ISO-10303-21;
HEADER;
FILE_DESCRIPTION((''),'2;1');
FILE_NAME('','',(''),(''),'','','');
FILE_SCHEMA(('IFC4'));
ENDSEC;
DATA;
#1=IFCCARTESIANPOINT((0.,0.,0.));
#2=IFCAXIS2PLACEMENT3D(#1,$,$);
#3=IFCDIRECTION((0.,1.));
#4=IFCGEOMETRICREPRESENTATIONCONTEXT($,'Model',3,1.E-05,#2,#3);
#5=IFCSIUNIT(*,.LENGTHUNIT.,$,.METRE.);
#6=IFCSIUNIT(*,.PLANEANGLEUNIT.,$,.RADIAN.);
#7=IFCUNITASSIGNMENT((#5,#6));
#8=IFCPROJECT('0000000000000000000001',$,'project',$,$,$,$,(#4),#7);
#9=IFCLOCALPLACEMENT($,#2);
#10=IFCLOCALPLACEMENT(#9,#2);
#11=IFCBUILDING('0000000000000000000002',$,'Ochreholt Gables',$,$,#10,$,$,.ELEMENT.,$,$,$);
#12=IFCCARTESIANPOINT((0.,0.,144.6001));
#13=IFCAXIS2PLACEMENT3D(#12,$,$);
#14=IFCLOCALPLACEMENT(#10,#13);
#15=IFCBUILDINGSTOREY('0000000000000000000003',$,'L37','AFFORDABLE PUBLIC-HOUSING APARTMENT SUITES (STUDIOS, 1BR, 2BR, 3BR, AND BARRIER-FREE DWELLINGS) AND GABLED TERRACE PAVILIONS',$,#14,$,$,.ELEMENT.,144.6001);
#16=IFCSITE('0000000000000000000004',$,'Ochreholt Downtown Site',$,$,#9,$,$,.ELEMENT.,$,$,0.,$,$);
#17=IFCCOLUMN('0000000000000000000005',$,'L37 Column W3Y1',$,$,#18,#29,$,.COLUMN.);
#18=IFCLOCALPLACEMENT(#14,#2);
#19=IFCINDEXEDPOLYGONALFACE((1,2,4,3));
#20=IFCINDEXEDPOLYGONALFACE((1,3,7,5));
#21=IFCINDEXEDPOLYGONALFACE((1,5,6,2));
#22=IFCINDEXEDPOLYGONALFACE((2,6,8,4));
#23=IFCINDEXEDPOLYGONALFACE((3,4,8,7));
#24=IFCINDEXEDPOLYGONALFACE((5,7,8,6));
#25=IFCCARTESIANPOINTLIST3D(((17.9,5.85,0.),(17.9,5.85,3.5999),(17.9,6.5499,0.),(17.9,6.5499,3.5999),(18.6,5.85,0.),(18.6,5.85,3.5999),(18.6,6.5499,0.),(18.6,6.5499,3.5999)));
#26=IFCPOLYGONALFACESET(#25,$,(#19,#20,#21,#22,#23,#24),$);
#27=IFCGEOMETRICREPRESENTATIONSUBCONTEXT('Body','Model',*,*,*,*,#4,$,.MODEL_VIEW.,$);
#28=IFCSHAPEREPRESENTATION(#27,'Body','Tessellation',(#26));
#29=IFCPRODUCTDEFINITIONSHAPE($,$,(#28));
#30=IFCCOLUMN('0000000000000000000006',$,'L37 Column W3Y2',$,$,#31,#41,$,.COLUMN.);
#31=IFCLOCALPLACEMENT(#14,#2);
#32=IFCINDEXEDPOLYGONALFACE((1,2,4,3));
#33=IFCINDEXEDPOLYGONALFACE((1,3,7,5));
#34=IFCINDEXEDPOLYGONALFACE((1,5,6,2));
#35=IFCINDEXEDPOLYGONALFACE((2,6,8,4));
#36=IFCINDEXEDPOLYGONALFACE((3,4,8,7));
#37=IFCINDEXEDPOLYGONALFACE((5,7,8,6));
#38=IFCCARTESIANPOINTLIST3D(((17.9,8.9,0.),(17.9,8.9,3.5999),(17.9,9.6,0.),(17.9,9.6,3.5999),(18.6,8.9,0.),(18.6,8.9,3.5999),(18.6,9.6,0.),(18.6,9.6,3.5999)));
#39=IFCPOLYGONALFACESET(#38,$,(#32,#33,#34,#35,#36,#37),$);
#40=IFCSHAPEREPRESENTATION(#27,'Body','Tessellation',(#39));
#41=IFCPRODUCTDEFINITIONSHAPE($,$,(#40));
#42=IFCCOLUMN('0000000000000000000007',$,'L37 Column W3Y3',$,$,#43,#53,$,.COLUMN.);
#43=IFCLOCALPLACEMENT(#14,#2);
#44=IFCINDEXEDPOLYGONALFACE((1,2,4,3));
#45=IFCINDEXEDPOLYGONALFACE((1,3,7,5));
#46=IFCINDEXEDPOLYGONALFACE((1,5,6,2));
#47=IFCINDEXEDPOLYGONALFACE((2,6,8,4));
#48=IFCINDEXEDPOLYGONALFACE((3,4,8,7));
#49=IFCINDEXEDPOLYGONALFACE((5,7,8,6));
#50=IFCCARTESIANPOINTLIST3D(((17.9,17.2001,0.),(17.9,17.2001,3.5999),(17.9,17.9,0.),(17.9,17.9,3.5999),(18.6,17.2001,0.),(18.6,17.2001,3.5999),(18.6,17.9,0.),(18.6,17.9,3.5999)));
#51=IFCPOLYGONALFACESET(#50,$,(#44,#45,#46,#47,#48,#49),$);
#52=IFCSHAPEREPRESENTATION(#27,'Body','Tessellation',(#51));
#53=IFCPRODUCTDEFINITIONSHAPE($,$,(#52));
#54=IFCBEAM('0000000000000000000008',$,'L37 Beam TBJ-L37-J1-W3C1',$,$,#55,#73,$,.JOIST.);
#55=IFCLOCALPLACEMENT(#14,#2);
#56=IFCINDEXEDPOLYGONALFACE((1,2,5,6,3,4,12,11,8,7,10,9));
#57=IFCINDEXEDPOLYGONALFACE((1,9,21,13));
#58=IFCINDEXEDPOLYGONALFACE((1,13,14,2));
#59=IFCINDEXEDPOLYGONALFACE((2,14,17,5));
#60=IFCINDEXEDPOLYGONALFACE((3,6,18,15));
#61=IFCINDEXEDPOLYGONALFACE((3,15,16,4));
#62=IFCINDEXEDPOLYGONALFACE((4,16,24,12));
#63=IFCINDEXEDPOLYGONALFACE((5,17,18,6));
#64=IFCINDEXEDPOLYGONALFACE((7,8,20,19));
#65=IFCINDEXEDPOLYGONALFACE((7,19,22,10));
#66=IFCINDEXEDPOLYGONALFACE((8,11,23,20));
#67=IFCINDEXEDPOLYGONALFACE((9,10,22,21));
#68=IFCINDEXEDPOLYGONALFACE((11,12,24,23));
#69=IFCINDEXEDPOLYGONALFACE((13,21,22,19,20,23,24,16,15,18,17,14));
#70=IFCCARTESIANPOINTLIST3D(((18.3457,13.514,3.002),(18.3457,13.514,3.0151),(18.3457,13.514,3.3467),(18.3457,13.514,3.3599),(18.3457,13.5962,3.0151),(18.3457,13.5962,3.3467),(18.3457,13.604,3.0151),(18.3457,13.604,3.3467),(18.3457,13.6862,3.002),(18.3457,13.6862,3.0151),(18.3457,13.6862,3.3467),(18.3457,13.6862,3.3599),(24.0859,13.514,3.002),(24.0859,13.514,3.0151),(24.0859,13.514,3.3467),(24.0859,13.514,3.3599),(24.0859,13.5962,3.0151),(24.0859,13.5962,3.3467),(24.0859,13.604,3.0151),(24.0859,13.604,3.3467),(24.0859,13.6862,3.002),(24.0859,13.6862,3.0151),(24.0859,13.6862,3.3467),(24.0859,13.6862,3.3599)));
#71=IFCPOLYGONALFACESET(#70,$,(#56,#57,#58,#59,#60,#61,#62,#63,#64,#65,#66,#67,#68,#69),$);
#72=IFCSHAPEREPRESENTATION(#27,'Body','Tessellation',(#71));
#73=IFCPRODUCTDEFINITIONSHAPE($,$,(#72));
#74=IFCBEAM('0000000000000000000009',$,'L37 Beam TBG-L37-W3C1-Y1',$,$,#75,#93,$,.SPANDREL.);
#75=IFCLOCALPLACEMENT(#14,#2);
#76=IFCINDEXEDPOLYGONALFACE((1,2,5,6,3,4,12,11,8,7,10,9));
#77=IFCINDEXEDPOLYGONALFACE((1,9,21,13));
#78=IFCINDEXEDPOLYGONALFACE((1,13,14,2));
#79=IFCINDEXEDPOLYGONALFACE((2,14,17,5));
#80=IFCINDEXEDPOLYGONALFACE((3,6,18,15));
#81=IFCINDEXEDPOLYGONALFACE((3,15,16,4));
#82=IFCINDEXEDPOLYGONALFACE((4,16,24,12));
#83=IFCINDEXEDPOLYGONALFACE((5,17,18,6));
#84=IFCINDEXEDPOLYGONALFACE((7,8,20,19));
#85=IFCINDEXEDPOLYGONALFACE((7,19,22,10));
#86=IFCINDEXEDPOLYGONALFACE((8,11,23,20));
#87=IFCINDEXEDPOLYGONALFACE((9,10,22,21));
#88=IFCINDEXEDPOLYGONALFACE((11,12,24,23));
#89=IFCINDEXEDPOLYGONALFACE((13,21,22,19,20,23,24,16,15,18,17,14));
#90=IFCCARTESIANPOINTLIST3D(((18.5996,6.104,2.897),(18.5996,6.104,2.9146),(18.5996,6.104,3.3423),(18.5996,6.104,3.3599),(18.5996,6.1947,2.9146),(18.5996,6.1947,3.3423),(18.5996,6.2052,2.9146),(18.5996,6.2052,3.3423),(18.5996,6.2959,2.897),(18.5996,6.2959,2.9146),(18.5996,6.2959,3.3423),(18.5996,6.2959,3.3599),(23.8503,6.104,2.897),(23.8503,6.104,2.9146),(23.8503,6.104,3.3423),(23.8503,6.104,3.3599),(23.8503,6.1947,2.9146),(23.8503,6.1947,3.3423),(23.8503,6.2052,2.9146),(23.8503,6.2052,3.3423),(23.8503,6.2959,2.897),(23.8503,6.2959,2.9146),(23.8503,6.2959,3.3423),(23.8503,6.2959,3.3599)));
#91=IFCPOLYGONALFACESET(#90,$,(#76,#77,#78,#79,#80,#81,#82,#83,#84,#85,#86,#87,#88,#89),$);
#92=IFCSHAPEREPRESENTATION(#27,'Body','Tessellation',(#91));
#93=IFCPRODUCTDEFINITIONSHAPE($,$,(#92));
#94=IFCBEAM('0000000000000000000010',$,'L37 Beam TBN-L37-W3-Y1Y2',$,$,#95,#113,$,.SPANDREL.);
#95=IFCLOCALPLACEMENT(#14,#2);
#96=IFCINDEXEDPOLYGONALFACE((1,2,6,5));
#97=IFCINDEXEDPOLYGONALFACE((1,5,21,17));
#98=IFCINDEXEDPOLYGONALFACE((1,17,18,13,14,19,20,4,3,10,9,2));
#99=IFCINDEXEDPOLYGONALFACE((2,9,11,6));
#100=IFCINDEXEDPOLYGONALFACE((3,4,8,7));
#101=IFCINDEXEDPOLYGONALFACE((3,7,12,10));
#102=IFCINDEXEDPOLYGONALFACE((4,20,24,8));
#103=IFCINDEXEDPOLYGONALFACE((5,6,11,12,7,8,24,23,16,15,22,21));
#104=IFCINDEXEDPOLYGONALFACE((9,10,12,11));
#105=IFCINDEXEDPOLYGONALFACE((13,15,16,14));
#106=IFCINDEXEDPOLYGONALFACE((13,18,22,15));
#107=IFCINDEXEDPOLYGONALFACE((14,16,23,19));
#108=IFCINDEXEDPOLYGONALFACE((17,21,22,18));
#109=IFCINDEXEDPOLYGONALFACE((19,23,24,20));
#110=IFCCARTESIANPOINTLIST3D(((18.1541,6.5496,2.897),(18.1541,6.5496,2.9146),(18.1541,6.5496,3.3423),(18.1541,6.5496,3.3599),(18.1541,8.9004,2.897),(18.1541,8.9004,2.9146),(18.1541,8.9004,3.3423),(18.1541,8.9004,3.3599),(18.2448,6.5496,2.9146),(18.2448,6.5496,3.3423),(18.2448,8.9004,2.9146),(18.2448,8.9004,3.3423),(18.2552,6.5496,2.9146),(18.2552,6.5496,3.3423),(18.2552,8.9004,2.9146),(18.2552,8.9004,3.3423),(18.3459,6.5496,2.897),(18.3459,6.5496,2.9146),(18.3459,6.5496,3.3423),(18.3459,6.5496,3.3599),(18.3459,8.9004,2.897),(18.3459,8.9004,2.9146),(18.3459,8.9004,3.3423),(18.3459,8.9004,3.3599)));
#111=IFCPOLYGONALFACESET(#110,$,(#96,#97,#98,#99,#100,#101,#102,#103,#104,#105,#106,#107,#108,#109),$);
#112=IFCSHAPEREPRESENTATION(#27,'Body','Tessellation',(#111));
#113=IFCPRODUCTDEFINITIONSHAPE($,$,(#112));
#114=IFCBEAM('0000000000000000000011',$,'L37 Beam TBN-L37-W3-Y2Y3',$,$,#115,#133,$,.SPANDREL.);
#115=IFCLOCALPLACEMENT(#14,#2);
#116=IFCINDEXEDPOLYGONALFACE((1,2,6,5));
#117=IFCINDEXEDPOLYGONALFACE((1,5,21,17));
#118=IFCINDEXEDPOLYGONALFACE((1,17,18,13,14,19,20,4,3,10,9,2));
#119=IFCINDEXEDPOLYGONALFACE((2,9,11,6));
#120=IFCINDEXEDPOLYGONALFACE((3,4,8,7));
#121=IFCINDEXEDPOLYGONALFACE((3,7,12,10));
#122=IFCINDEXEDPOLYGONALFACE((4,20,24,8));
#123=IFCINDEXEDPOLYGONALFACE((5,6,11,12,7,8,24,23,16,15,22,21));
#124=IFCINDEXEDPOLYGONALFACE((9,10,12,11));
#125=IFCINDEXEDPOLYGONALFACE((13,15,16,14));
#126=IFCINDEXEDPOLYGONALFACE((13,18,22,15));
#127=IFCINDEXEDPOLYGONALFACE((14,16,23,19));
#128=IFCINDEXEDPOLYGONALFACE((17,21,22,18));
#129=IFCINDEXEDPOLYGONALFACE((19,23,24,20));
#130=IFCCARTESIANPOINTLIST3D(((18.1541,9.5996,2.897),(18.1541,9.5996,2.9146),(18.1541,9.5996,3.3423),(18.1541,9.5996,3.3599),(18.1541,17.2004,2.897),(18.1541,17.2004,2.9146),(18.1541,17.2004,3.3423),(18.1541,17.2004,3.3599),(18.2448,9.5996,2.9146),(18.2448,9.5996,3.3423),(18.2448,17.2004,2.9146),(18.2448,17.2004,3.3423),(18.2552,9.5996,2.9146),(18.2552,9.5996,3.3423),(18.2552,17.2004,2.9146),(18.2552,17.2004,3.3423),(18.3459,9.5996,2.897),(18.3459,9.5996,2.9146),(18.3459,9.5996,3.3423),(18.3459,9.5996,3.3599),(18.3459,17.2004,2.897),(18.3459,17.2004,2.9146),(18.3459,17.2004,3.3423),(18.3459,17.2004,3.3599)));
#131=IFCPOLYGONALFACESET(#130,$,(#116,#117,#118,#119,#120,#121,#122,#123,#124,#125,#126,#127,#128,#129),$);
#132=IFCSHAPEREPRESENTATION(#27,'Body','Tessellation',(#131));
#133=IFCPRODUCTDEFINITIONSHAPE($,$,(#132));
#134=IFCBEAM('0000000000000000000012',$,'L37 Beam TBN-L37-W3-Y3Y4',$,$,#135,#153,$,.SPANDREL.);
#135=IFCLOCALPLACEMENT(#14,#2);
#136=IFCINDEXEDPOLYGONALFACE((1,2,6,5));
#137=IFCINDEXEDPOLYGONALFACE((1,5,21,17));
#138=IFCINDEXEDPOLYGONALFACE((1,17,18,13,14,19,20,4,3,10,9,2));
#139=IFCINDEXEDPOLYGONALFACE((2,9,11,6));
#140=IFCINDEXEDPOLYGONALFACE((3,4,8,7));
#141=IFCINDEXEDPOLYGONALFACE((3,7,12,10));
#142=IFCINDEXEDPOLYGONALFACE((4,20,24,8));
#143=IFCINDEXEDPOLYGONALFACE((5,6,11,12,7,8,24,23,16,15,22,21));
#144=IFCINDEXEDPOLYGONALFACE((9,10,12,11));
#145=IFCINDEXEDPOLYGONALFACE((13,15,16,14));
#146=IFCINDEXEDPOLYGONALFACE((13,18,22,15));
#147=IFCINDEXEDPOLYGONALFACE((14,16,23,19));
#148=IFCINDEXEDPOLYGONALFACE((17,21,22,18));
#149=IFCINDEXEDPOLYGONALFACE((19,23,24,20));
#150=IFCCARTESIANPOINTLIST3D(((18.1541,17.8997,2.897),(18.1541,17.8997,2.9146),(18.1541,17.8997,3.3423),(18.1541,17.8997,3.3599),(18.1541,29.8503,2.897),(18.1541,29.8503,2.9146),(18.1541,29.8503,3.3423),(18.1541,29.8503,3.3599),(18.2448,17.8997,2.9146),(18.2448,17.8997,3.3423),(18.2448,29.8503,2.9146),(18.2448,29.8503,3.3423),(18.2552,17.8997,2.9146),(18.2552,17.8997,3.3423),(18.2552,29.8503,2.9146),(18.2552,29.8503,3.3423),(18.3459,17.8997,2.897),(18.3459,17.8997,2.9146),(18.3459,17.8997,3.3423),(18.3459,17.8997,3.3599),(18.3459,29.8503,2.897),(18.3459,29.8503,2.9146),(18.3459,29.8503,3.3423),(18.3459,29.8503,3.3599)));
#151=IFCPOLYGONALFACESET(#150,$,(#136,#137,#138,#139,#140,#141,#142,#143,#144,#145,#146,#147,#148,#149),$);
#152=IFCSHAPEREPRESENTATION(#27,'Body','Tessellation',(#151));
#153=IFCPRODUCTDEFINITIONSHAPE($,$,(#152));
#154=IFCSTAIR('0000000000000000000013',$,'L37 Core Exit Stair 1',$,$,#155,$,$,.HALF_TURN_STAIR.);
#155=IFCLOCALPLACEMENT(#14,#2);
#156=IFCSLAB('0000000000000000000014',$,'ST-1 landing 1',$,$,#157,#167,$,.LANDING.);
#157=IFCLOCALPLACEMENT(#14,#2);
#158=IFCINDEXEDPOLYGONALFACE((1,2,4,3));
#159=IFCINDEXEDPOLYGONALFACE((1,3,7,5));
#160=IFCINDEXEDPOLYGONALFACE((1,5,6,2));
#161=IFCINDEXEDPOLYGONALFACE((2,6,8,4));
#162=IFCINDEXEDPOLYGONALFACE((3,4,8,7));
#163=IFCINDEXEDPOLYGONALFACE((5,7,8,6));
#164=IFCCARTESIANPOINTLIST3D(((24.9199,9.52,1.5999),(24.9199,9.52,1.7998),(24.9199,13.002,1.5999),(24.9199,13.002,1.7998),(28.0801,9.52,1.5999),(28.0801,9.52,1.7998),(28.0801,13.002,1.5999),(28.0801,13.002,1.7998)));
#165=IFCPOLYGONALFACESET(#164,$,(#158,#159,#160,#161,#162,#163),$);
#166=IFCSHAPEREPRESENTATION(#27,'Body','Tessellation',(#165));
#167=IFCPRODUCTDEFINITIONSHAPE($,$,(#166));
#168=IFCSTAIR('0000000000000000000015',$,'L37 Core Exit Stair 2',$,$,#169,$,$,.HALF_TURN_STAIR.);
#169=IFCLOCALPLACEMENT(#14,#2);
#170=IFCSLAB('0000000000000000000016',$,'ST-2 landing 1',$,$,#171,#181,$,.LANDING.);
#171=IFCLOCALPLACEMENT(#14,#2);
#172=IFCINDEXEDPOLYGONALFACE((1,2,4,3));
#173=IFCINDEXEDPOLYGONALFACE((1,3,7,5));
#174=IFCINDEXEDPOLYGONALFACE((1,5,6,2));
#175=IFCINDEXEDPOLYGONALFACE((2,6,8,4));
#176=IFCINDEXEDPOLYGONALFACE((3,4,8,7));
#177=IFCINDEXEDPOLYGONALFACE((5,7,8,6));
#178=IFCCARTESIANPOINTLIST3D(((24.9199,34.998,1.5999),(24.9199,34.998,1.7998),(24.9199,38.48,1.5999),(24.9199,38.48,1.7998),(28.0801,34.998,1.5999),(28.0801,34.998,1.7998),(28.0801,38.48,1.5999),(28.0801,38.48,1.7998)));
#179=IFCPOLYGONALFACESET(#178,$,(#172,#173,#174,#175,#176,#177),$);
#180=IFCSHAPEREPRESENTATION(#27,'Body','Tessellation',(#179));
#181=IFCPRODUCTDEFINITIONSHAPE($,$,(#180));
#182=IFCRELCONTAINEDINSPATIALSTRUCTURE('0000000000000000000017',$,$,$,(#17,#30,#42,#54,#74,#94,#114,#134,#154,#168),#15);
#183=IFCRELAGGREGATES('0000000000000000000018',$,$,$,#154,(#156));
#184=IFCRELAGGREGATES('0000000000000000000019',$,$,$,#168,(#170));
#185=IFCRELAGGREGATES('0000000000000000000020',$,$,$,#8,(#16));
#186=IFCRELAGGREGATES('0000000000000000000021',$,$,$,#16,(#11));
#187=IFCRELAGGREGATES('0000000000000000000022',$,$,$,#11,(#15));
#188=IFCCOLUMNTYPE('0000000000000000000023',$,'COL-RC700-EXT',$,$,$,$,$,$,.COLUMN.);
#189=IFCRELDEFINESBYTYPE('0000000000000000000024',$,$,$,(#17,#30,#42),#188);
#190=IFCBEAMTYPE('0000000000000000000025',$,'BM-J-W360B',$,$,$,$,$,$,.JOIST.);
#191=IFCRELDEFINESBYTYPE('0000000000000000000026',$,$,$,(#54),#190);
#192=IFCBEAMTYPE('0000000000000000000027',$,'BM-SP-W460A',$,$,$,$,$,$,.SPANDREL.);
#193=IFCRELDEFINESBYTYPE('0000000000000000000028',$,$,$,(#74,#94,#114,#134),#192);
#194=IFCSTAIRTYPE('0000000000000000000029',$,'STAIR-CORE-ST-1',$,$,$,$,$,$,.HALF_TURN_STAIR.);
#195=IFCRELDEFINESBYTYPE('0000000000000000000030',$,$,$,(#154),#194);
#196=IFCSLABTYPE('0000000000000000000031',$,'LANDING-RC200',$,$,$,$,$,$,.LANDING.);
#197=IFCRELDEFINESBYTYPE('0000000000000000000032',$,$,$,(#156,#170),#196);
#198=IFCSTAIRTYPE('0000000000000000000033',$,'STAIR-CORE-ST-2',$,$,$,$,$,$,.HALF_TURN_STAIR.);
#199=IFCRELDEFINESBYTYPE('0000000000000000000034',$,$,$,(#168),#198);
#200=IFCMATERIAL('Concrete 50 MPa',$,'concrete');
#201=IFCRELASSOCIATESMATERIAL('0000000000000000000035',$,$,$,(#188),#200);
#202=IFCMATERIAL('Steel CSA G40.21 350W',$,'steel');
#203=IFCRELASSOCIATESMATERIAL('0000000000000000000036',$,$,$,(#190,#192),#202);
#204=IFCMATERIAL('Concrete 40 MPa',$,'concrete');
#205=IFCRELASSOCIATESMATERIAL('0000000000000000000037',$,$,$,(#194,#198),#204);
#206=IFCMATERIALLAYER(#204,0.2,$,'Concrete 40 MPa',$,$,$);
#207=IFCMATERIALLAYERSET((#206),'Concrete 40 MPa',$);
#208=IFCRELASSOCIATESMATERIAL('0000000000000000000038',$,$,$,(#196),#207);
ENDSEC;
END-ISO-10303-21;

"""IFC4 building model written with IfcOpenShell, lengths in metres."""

from ifc_helpers import new_model, si_unit, direction, frame, origin, origin_2d, place, context, subcontext, project, spatial, polyline, rectangle, i_section, outline, extrude, material, layer, layer_set, material_profile, profile_set, type_object, element, aggregate, save


model = new_model("IFC4")

# Units and contexts
model_context = context("Model", 3, precision=1e-05, world=origin(), true_north=direction((0.0, 1.0)))
body_context = subcontext(model_context, "Body", "Model", "MODEL_VIEW")
ifc_project = project(units=[si_unit("LENGTHUNIT", "METRE"), si_unit("PLANEANGLEUNIT", "RADIAN")], contexts=[model_context])

# Site, building, storey
site_placement = place(None, origin())
site = spatial("IfcSite", under=ifc_project, at=site_placement, Name="Ochreholt Downtown Site", CompositionType="ELEMENT", RefElevation=0.0)
building_placement = place(site_placement, origin())
building = spatial("IfcBuilding", under=site, at=building_placement, Name="Ochreholt Gables", CompositionType="ELEMENT")
storey_placement = place(building_placement, frame((0.0, 0.0, 144.6001)))
storey = spatial("IfcBuildingStorey", under=building, at=storey_placement, Name="L37", Description="AFFORDABLE PUBLIC-HOUSING APARTMENT SUITES (STUDIOS, 1BR, 2BR, 3BR, AND BARRIER-FREE DWELLINGS) AND GABLED TERRACE PAVILIONS", CompositionType="ELEMENT", Elevation=144.6001)

# Columns
ifc_material_1 = material(Name="Concrete 50 MPa", Category="concrete")
ifc_material_profile_1 = material_profile(ifc_material_1, rectangle(XDim=0.7, YDim=0.7, at=origin_2d()), Name="RC700X700")
ifc_profile_set_1 = profile_set([ifc_material_profile_1], Name="Concrete 50 MPa")
column_type = type_object("IfcColumnType", Name="COL-RC700-EXT", PredefinedType="COLUMN", material=ifc_profile_set_1)
for number, where, z_axis, x_axis, name in (
    (1, (18.25, 6.2, 0.0), (0.0, 0.0, 1.0), (1.0, 0.0, 0.0), "L37 Column W3Y1"),
    (2, (18.25, 9.25, 0.0), (0.0, 0.0, 1.0), (1.0, 0.0, 0.0), "L37 Column W3Y2"),
    (3, (18.25, 17.55, 0.0), (0.0, 0.0, 1.0), (1.0, 0.0, 0.0), "L37 Column W3Y3"),
):
    element("IfcColumn", number, at=place(storey_placement, frame(where, z_axis=z_axis, x_axis=x_axis)), inside=storey, type_object=column_type, Name=name, PredefinedType="COLUMN", context=body_context, shape_type="SweptSolid", body=[
        extrude(rectangle(XDim=0.7, YDim=0.7, at=origin_2d()), origin(), (0.0, 0.0, 1.0), 3.5999),
    ])

# Beams
ifc_material_2 = material(Name="Steel CSA G40.21 350W", Category="steel")
ifc_material_profile_2 = material_profile(ifc_material_2, i_section(OverallWidth=0.1721, OverallDepth=0.3579, WebThickness=0.0078, FlangeThickness=0.0132, at=origin_2d()), Name="W360X57")
ifc_profile_set_2 = profile_set([ifc_material_profile_2], Name="Steel CSA G40.21 350W")
beam_type_1 = type_object("IfcBeamType", Name="BM-J-W360B", PredefinedType="JOIST", material=ifc_profile_set_2)
beam_1_placement = place(storey_placement, frame((18.3457, 13.6001, 3.1809), z_axis=(1.0, 0.0, 0.0), x_axis=(0.0, 1.0, 0.0)))
element("IfcBeam", 4, at=beam_1_placement, inside=storey, type_object=beam_type_1, Name="L37 Beam TBJ-L37-J1-W3C1", PredefinedType="JOIST", context=body_context, shape_type="SweptSolid", body=[
    extrude(i_section(OverallWidth=0.1721, OverallDepth=0.3579, WebThickness=0.0078, FlangeThickness=0.0132, at=origin_2d()), origin(), (0.0, 0.0, 1.0), 5.7402),
])
ifc_material_profile_3 = material_profile(ifc_material_2, i_section(OverallWidth=0.1919, OverallDepth=0.4629, WebThickness=0.0105, FlangeThickness=0.0176, at=origin_2d()), Name="W460X89")
ifc_profile_set_3 = profile_set([ifc_material_profile_3], Name="Steel CSA G40.21 350W")
beam_type_2 = type_object("IfcBeamType", Name="BM-SP-W460A", PredefinedType="SPANDREL", material=ifc_profile_set_3)
beam_2_placement = place(storey_placement, frame((18.5996, 6.2, 3.1284), z_axis=(1.0, 0.0, 0.0), x_axis=(0.0, 1.0, 0.0)))
element("IfcBeam", 5, at=beam_2_placement, inside=storey, type_object=beam_type_2, Name="L37 Beam TBG-L37-W3C1-Y1", PredefinedType="SPANDREL", context=body_context, shape_type="SweptSolid", body=[
    extrude(i_section(OverallWidth=0.1919, OverallDepth=0.4629, WebThickness=0.0105, FlangeThickness=0.0176, at=origin_2d()), origin(), (0.0, 0.0, 1.0), 5.2507),
])
beam_3_placement = place(storey_placement, frame((18.25, 6.5496, 3.1284), z_axis=(0.0, 1.0, 0.0), x_axis=(-1.0, 0.0, 0.0)))
element("IfcBeam", 6, at=beam_3_placement, inside=storey, type_object=beam_type_2, Name="L37 Beam TBN-L37-W3-Y1Y2", PredefinedType="SPANDREL", context=body_context, shape_type="SweptSolid", body=[
    extrude(i_section(OverallWidth=0.1919, OverallDepth=0.4629, WebThickness=0.0105, FlangeThickness=0.0176, at=origin_2d()), origin(), (0.0, 0.0, 1.0), 2.3508),
])
beam_4_placement = place(storey_placement, frame((18.25, 9.5996, 3.1284), z_axis=(0.0, 1.0, 0.0), x_axis=(-1.0, 0.0, 0.0)))
element("IfcBeam", 7, at=beam_4_placement, inside=storey, type_object=beam_type_2, Name="L37 Beam TBN-L37-W3-Y2Y3", PredefinedType="SPANDREL", context=body_context, shape_type="SweptSolid", body=[
    extrude(i_section(OverallWidth=0.1919, OverallDepth=0.4629, WebThickness=0.0105, FlangeThickness=0.0176, at=origin_2d()), origin(), (0.0, 0.0, 1.0), 7.6008),
])
beam_5_placement = place(storey_placement, frame((18.25, 17.8997, 3.1284), z_axis=(0.0, 1.0, 0.0), x_axis=(-1.0, 0.0, 0.0)))
element("IfcBeam", 8, at=beam_5_placement, inside=storey, type_object=beam_type_2, Name="L37 Beam TBN-L37-W3-Y3Y4", PredefinedType="SPANDREL", context=body_context, shape_type="SweptSolid", body=[
    extrude(i_section(OverallWidth=0.1919, OverallDepth=0.4629, WebThickness=0.0105, FlangeThickness=0.0176, at=origin_2d()), origin(), (0.0, 0.0, 1.0), 11.9507),
])

# Stairs, slabs
ifc_material_3 = material(Name="Concrete 40 MPa", Category="concrete")
stair_type_1 = type_object("IfcStairType", Name="STAIR-CORE-ST-1", PredefinedType="HALF_TURN_STAIR", material=ifc_material_3)
stair_1_placement = place(storey_placement, origin())
stair_1 = element("IfcStair", 9, at=stair_1_placement, inside=storey, type_object=stair_type_1, Name="L37 Core Exit Stair 1", PredefinedType="HALF_TURN_STAIR")
ifc_layer_1 = layer(ifc_material_3, 0.2, Name="Concrete 40 MPa")
ifc_layer_set_1 = layer_set([ifc_layer_1], Name="Concrete 40 MPa")
slab_type_1 = type_object("IfcSlabType", Name="LANDING-RC200", PredefinedType="LANDING", material=ifc_layer_set_1)
slab_1_placement = place(storey_placement, frame((0.0, 0.0, 1.5999)))
slab_1 = element("IfcSlab", 10, at=slab_1_placement, type_object=slab_type_1, Name="ST-1 landing 1", PredefinedType="LANDING", context=body_context, shape_type="SweptSolid", body=[
    extrude(outline(polyline([(24.9199, 13.002), (24.9199, 9.52), (28.0801, 9.52), (28.0801, 13.002), (24.9199, 13.002)])), origin(), (0.0, 0.0, 1.0), 0.2),
])
aggregate(stair_1, [slab_1])
stair_type_2 = type_object("IfcStairType", Name="STAIR-CORE-ST-2", PredefinedType="HALF_TURN_STAIR", material=ifc_material_3)
stair_2_placement = place(storey_placement, origin())
stair_2 = element("IfcStair", 11, at=stair_2_placement, inside=storey, type_object=stair_type_2, Name="L37 Core Exit Stair 2", PredefinedType="HALF_TURN_STAIR")
slab_2_placement = place(storey_placement, frame((0.0, 0.0, 1.5999)))
slab_2 = element("IfcSlab", 12, at=slab_2_placement, type_object=slab_type_1, Name="ST-2 landing 1", PredefinedType="LANDING", context=body_context, shape_type="SweptSolid", body=[
    extrude(outline(polyline([(28.0801, 34.998), (28.0801, 38.48), (24.9199, 38.48), (24.9199, 34.998), (28.0801, 34.998)])), origin(), (0.0, 0.0, 1.0), 0.2),
])
aggregate(stair_2, [slab_2])

save(model, "model.ifc")
